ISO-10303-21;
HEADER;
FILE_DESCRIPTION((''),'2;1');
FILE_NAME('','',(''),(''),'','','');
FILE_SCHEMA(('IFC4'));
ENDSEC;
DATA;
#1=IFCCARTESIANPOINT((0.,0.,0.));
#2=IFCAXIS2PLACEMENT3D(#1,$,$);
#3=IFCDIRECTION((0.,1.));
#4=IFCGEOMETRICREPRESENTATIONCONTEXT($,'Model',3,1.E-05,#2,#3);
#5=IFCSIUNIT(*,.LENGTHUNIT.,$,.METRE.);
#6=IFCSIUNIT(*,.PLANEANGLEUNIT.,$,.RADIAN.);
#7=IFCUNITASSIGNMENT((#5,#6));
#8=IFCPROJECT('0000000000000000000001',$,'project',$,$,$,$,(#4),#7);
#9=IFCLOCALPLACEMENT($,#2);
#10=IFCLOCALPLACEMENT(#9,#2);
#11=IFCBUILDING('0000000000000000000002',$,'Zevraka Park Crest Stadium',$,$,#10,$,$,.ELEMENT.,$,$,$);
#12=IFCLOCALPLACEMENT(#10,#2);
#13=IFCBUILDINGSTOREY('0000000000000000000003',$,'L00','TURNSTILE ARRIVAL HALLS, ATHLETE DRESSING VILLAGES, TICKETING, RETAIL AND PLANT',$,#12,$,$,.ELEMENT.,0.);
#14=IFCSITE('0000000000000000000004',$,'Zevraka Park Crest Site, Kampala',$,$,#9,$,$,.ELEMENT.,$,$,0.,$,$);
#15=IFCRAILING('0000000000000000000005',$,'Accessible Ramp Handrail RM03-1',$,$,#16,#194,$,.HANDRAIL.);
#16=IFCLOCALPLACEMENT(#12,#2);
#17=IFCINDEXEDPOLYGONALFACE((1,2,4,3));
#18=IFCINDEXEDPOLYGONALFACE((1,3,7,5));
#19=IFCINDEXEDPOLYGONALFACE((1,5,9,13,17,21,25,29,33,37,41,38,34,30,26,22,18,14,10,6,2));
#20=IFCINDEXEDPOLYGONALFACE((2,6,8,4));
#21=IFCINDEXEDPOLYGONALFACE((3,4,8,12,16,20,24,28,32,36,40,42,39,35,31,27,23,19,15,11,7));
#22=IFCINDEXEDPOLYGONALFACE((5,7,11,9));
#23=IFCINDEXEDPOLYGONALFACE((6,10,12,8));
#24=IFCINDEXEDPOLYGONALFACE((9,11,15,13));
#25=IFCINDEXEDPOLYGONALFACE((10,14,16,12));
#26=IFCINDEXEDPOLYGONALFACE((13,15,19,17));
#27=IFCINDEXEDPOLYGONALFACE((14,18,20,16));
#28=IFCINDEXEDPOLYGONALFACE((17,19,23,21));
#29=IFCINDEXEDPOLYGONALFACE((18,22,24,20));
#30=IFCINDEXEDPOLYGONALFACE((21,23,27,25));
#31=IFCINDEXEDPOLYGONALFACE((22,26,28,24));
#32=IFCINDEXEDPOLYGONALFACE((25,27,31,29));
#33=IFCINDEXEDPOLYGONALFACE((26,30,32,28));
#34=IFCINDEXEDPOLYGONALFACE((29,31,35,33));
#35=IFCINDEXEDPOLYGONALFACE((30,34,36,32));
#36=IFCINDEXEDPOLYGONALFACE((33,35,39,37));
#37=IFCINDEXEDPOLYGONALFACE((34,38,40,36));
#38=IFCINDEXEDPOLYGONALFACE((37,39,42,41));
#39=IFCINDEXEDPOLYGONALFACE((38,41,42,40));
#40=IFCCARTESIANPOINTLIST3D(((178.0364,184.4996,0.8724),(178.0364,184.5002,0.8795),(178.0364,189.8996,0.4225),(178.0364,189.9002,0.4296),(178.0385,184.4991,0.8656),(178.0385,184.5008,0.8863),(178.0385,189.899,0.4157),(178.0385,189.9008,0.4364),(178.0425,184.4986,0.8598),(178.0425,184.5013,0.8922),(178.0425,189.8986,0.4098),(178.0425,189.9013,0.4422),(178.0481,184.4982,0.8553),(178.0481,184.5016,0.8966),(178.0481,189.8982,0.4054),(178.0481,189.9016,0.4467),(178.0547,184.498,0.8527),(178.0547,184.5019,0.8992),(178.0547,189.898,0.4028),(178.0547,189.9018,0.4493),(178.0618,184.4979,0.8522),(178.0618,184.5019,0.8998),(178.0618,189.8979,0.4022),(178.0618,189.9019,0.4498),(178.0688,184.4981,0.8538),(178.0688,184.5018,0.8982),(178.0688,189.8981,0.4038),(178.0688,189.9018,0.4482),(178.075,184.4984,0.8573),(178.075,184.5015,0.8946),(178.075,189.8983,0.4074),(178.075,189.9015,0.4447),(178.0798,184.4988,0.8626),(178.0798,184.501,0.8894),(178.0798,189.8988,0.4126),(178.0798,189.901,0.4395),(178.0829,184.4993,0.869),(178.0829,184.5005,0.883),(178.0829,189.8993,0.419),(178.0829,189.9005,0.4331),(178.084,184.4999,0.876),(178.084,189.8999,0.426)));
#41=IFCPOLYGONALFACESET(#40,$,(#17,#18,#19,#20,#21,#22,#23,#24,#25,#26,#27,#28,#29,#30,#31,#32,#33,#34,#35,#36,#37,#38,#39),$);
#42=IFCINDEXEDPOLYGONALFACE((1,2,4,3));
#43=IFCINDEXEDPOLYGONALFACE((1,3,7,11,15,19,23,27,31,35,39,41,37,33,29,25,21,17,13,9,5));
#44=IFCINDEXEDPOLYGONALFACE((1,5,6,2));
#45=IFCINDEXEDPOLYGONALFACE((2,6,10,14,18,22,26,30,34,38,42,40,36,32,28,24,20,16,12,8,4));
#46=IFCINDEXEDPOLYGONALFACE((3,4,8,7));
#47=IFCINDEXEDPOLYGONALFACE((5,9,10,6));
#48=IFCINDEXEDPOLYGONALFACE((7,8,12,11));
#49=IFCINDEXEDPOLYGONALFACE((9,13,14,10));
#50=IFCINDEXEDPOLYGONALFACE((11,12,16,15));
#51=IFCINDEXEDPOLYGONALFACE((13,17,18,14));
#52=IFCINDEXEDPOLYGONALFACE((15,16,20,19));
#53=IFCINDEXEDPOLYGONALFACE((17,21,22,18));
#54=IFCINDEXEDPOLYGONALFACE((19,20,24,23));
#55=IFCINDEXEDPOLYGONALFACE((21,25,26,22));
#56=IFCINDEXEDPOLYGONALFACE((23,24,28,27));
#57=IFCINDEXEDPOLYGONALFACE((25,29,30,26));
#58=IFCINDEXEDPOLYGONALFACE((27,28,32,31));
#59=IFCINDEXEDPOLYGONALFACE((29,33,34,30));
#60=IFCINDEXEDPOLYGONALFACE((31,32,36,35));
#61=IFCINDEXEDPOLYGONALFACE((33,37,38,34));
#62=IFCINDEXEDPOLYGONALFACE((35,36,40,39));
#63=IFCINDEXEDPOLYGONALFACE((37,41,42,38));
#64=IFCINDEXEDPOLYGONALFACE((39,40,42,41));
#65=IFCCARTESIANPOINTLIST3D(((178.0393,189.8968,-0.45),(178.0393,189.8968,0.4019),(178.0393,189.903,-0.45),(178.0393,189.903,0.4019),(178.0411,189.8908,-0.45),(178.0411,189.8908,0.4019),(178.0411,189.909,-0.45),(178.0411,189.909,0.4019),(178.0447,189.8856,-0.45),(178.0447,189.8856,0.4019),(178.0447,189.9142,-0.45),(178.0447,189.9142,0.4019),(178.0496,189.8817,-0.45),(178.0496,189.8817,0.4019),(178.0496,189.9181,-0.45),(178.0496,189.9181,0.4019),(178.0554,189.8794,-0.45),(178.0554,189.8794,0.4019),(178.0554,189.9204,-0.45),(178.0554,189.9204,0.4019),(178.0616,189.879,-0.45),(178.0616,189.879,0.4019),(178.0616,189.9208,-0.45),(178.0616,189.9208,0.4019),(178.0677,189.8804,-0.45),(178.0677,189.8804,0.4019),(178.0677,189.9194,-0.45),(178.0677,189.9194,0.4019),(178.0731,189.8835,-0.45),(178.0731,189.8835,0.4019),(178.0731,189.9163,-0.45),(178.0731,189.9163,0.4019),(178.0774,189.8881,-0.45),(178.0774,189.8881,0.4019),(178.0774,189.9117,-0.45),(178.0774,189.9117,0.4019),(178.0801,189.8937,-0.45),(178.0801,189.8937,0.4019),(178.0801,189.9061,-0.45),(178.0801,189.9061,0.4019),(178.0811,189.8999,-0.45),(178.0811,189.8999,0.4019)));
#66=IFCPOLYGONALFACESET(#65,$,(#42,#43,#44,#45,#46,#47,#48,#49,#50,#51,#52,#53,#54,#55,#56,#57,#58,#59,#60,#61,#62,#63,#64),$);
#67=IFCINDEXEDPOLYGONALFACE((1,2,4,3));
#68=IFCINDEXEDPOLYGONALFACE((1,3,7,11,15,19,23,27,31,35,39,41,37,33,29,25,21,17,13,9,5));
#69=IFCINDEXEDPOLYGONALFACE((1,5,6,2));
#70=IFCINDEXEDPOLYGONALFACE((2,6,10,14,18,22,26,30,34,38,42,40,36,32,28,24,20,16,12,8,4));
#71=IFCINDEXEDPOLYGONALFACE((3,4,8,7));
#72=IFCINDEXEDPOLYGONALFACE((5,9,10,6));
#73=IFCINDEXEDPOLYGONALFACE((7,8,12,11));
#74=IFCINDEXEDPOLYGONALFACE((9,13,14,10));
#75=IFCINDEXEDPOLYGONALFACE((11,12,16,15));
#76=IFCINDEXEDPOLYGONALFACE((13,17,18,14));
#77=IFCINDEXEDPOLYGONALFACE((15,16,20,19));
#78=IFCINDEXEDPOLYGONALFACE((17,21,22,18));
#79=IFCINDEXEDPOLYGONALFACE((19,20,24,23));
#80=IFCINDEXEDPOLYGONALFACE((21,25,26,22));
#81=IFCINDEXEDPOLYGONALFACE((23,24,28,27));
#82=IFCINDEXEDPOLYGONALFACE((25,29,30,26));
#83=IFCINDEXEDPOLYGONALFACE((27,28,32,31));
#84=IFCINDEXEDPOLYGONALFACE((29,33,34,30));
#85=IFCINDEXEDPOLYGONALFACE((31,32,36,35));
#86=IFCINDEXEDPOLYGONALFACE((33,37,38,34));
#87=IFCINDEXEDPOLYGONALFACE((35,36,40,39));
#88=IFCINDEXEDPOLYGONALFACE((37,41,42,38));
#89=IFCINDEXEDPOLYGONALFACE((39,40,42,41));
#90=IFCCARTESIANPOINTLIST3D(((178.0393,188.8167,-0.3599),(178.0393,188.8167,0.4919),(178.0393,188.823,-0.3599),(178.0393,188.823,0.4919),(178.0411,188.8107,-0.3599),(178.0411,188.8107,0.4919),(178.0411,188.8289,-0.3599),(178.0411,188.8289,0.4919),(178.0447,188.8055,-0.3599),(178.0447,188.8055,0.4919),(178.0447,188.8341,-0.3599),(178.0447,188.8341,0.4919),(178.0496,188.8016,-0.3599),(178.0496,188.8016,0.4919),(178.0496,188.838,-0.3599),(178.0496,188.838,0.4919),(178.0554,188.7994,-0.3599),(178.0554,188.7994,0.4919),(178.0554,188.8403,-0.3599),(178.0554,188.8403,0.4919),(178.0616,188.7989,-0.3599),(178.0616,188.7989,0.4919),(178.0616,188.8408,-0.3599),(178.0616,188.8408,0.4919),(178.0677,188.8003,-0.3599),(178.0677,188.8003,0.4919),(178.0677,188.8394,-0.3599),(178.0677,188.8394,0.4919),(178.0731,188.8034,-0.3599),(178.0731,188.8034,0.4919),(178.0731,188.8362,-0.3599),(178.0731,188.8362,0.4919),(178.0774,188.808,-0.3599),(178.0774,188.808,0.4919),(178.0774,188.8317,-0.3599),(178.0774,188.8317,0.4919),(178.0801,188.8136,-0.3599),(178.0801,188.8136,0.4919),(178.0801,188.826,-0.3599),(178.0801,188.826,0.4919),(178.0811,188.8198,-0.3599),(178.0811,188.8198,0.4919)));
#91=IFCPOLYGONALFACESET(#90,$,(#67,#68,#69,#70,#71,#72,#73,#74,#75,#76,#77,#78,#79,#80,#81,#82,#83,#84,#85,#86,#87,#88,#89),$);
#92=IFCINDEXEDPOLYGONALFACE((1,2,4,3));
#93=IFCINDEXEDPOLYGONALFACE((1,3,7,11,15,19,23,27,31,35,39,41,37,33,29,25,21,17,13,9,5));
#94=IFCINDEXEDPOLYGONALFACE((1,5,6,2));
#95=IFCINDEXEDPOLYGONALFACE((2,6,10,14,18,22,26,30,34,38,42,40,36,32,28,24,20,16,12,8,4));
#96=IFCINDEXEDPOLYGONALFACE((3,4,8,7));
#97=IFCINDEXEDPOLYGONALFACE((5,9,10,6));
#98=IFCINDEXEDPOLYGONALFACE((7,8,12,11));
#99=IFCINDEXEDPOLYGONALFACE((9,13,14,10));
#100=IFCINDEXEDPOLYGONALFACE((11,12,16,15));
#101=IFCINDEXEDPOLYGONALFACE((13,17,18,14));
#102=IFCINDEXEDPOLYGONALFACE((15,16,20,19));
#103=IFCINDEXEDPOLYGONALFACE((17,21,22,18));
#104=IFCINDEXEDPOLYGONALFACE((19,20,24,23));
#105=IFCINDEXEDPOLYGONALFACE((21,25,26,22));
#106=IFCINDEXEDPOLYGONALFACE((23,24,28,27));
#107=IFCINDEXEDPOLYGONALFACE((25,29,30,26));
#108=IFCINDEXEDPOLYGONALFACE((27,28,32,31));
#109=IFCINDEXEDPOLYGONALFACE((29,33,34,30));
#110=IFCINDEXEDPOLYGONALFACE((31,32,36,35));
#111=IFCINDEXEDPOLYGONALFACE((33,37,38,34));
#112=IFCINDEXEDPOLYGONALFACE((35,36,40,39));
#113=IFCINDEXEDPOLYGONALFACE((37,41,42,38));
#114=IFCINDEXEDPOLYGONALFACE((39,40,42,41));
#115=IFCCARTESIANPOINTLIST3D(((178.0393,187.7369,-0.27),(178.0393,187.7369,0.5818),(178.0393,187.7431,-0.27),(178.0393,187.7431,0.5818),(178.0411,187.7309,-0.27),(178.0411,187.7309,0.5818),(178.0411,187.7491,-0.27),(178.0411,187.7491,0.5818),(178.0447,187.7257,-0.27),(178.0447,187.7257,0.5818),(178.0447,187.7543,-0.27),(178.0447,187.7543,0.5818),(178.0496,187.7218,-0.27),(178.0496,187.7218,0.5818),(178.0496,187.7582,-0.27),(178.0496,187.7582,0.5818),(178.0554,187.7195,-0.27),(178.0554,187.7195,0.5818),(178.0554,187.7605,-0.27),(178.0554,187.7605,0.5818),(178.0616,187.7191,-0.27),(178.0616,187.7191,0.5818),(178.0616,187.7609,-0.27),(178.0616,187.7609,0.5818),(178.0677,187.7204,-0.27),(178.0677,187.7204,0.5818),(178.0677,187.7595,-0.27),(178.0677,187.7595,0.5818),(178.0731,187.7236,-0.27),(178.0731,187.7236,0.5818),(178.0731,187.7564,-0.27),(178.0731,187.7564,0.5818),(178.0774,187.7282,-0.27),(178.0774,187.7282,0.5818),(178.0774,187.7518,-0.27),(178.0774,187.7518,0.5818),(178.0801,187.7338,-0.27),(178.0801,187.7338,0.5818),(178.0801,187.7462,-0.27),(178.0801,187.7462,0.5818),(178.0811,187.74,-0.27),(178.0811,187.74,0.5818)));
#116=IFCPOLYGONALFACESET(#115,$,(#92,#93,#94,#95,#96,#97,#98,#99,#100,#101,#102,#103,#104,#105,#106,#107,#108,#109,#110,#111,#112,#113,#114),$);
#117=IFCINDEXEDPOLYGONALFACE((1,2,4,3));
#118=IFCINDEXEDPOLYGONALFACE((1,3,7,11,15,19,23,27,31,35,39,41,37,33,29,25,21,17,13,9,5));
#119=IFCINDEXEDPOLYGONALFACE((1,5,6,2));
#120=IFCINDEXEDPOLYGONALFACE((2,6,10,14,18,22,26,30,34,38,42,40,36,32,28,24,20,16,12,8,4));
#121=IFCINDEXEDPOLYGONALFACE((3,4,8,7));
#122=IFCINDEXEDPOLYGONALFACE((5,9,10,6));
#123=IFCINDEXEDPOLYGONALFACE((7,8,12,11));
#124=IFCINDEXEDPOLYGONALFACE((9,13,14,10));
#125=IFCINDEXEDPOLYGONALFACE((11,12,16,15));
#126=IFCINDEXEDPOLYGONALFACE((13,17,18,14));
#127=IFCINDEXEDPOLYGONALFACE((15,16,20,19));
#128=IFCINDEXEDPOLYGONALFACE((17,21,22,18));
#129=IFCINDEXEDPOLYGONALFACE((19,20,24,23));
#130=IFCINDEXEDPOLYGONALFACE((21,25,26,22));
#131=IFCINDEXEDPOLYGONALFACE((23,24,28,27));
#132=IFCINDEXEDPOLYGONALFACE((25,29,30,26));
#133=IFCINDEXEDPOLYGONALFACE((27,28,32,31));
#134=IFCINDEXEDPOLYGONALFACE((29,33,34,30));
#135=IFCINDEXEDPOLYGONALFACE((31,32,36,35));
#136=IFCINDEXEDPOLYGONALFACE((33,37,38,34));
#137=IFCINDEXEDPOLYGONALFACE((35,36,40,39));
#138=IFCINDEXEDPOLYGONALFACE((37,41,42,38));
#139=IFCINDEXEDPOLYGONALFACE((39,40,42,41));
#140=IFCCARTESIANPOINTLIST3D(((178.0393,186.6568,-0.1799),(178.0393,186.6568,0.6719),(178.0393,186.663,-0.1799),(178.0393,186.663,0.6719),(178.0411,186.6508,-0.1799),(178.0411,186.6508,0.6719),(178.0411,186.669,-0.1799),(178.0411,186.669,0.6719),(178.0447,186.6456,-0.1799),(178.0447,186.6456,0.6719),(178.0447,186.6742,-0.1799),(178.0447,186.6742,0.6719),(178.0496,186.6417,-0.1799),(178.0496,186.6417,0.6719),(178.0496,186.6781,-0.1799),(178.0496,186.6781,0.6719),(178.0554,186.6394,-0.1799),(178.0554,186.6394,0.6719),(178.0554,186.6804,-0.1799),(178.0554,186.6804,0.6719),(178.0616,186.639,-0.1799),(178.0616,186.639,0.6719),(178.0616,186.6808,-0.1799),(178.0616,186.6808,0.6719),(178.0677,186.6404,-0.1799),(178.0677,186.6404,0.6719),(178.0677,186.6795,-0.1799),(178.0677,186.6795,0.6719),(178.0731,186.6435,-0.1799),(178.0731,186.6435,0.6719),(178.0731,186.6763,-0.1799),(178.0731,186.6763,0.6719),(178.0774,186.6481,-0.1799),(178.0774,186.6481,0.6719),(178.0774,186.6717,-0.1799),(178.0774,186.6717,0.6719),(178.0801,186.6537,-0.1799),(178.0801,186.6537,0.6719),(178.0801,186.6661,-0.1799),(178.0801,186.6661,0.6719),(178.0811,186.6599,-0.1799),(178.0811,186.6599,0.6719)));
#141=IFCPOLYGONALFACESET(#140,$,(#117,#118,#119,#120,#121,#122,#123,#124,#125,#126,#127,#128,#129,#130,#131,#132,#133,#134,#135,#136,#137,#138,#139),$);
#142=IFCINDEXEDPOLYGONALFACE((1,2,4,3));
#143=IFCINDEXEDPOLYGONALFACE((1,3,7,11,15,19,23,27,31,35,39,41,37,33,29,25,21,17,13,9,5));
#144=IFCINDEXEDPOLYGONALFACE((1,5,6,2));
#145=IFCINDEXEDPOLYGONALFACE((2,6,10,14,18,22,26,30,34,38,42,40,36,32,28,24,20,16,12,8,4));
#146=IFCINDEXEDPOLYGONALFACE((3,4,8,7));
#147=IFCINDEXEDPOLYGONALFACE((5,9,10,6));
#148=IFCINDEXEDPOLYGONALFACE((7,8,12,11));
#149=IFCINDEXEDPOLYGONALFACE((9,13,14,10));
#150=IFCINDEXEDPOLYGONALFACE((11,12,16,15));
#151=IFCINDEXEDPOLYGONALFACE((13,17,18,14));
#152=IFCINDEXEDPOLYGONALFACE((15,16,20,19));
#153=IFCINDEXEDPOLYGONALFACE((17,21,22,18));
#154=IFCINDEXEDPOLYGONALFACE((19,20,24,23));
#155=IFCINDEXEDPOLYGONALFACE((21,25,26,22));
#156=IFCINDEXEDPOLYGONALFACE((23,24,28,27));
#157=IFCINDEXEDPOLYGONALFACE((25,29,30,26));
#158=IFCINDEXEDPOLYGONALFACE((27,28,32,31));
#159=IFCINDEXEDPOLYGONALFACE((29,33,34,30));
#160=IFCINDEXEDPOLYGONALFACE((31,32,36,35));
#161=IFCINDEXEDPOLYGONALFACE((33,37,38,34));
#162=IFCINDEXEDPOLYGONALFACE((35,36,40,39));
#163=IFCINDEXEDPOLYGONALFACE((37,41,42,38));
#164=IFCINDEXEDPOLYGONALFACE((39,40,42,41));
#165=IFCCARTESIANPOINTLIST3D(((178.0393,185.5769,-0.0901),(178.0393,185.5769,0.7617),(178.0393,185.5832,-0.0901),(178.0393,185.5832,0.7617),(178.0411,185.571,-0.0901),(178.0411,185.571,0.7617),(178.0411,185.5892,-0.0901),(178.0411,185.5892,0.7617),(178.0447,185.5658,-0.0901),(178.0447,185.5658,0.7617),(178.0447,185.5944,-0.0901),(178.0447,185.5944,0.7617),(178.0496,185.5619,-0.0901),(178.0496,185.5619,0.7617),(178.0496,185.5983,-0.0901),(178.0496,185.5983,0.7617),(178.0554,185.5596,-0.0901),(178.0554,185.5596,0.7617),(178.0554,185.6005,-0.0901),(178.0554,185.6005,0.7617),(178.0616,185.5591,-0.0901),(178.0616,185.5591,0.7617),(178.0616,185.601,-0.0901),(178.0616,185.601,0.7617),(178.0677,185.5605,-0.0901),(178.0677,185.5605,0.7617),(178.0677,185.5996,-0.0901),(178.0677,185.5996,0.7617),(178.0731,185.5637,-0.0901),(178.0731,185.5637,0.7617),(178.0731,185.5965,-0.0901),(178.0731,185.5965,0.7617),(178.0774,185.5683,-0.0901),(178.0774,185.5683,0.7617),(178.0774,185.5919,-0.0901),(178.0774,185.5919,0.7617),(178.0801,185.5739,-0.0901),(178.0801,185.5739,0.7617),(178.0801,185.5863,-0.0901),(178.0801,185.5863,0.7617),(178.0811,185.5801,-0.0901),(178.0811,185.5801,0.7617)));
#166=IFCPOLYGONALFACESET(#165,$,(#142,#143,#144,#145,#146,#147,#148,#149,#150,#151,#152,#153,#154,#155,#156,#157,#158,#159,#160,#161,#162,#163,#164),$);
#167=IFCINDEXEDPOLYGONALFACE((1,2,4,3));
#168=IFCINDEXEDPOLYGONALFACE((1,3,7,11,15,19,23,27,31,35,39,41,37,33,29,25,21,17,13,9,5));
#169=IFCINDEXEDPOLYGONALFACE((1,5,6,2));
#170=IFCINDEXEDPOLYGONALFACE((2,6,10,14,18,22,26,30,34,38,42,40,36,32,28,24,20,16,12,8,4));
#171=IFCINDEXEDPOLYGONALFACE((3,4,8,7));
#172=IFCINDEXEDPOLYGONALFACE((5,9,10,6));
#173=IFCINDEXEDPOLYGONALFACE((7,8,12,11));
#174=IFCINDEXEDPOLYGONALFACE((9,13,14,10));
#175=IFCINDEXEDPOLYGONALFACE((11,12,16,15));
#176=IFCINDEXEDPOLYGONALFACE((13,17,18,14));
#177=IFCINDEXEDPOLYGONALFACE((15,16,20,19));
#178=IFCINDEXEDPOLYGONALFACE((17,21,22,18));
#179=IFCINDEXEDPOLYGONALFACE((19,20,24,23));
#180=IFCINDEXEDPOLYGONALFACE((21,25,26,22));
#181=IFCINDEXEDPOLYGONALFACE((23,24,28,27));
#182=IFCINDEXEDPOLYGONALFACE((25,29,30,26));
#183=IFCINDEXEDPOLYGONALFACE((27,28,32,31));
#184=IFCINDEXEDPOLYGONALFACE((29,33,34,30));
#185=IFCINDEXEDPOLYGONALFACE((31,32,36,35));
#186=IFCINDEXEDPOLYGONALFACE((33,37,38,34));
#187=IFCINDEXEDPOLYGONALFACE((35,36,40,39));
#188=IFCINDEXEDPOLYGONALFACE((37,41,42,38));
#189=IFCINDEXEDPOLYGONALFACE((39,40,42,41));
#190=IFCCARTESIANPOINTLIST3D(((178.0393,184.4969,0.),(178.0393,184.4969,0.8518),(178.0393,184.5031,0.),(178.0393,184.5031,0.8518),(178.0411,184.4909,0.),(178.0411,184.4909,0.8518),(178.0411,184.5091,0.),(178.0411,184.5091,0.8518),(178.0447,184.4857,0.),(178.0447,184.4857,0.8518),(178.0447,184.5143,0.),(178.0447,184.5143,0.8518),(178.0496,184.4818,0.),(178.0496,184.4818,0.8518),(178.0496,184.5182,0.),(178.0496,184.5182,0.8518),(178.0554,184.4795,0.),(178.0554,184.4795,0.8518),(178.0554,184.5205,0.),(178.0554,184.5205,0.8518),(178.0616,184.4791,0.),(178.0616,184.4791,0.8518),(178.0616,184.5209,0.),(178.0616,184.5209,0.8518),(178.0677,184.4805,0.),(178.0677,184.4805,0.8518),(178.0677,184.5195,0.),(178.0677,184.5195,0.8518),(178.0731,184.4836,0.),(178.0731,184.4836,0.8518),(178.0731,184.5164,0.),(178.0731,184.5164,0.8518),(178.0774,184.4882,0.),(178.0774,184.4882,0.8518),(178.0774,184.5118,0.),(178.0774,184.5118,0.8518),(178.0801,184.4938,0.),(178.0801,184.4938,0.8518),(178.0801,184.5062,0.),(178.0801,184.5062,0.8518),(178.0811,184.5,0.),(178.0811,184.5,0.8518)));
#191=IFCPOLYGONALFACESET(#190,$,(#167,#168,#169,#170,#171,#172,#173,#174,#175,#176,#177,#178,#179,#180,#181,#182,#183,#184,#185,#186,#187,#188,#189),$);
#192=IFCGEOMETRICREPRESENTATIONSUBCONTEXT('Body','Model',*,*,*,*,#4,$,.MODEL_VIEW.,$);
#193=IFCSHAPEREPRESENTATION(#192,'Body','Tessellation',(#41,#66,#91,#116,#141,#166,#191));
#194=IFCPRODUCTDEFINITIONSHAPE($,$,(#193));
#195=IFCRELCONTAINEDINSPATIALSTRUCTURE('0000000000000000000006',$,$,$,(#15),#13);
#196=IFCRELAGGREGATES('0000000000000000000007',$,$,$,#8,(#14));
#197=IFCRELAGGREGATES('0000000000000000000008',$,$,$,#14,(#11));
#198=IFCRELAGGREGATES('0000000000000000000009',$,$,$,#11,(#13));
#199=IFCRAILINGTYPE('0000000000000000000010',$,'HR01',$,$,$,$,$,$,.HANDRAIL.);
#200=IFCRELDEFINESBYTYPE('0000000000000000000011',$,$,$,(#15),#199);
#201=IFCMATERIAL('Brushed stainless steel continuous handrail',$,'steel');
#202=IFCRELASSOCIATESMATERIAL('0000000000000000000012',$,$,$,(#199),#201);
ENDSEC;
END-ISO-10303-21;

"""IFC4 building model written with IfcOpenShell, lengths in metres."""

from ifc_helpers import new_model, si_unit, direction, frame, origin, origin_2d, place, context, subcontext, project, spatial, circle, extrude, material, type_object, element, save


model = new_model("IFC4")

# Units and contexts
model_context = context("Model", 3, precision=1e-05, world=origin(), true_north=direction((0.0, 1.0)))
body_context = subcontext(model_context, "Body", "Model", "MODEL_VIEW")
ifc_project = project(units=[si_unit("LENGTHUNIT", "METRE"), si_unit("PLANEANGLEUNIT", "RADIAN")], contexts=[model_context])

# Site, building, storey
site_placement = place(None, origin())
site = spatial("IfcSite", under=ifc_project, at=site_placement, Name="Zevraka Park Crest Site, Kampala", CompositionType="ELEMENT", RefElevation=0.0)
building_placement = place(site_placement, origin())
building = spatial("IfcBuilding", under=site, at=building_placement, Name="Zevraka Park Crest Stadium", CompositionType="ELEMENT")
storey_placement = place(building_placement, origin())
storey = spatial("IfcBuildingStorey", under=building, at=storey_placement, Name="L00", Description="TURNSTILE ARRIVAL HALLS, ATHLETE DRESSING VILLAGES, TICKETING, RETAIL AND PLANT", CompositionType="ELEMENT", Elevation=0.0)

# Railing
ifc_material_1 = material(Name="Brushed stainless steel continuous handrail", Category="steel")
railing_type = type_object("IfcRailingType", Name="HR01", PredefinedType="HANDRAIL", material=ifc_material_1)
for number, where, name in (
    (1, (178.0601, 189.8999, -0.45), "Accessible Ramp Handrail RM03-1"),
):
    element("IfcRailing", number, at=place(storey_placement, frame(where)), inside=storey, type_object=railing_type, Name=name, PredefinedType="HANDRAIL", context=body_context, shape_type="SweptSolid", body=[
        extrude(circle(Radius=0.0239, at=origin_2d()), frame((0.0, 0.0, 0.876), z_axis=(0.0, -0.996546, 0.083038), x_axis=(1.0, 0.0, 0.0)), (0.0, 0.0, 1.0), 5.4187),
        extrude(circle(Radius=0.021, at=origin_2d()), origin(), (0.0, 0.0, 1.0), 0.8518),
        extrude(circle(Radius=0.021, at=origin_2d()), frame((0.0, -1.0801, 0.0901)), (0.0, 0.0, 1.0), 0.8518),
        extrude(circle(Radius=0.021, at=origin_2d()), frame((0.0, -2.1599, 0.1799)), (0.0, 0.0, 1.0), 0.8518),
        extrude(circle(Radius=0.021, at=origin_2d()), frame((0.0, -3.24, 0.27)), (0.0, 0.0, 1.0), 0.8518),
        extrude(circle(Radius=0.021, at=origin_2d()), frame((0.0, -4.3198, 0.3599)), (0.0, 0.0, 1.0), 0.8518),
        extrude(circle(Radius=0.021, at=origin_2d()), frame((0.0, -5.3999, 0.45)), (0.0, 0.0, 1.0), 0.8518),
    ])

save(model, "model.ifc")
